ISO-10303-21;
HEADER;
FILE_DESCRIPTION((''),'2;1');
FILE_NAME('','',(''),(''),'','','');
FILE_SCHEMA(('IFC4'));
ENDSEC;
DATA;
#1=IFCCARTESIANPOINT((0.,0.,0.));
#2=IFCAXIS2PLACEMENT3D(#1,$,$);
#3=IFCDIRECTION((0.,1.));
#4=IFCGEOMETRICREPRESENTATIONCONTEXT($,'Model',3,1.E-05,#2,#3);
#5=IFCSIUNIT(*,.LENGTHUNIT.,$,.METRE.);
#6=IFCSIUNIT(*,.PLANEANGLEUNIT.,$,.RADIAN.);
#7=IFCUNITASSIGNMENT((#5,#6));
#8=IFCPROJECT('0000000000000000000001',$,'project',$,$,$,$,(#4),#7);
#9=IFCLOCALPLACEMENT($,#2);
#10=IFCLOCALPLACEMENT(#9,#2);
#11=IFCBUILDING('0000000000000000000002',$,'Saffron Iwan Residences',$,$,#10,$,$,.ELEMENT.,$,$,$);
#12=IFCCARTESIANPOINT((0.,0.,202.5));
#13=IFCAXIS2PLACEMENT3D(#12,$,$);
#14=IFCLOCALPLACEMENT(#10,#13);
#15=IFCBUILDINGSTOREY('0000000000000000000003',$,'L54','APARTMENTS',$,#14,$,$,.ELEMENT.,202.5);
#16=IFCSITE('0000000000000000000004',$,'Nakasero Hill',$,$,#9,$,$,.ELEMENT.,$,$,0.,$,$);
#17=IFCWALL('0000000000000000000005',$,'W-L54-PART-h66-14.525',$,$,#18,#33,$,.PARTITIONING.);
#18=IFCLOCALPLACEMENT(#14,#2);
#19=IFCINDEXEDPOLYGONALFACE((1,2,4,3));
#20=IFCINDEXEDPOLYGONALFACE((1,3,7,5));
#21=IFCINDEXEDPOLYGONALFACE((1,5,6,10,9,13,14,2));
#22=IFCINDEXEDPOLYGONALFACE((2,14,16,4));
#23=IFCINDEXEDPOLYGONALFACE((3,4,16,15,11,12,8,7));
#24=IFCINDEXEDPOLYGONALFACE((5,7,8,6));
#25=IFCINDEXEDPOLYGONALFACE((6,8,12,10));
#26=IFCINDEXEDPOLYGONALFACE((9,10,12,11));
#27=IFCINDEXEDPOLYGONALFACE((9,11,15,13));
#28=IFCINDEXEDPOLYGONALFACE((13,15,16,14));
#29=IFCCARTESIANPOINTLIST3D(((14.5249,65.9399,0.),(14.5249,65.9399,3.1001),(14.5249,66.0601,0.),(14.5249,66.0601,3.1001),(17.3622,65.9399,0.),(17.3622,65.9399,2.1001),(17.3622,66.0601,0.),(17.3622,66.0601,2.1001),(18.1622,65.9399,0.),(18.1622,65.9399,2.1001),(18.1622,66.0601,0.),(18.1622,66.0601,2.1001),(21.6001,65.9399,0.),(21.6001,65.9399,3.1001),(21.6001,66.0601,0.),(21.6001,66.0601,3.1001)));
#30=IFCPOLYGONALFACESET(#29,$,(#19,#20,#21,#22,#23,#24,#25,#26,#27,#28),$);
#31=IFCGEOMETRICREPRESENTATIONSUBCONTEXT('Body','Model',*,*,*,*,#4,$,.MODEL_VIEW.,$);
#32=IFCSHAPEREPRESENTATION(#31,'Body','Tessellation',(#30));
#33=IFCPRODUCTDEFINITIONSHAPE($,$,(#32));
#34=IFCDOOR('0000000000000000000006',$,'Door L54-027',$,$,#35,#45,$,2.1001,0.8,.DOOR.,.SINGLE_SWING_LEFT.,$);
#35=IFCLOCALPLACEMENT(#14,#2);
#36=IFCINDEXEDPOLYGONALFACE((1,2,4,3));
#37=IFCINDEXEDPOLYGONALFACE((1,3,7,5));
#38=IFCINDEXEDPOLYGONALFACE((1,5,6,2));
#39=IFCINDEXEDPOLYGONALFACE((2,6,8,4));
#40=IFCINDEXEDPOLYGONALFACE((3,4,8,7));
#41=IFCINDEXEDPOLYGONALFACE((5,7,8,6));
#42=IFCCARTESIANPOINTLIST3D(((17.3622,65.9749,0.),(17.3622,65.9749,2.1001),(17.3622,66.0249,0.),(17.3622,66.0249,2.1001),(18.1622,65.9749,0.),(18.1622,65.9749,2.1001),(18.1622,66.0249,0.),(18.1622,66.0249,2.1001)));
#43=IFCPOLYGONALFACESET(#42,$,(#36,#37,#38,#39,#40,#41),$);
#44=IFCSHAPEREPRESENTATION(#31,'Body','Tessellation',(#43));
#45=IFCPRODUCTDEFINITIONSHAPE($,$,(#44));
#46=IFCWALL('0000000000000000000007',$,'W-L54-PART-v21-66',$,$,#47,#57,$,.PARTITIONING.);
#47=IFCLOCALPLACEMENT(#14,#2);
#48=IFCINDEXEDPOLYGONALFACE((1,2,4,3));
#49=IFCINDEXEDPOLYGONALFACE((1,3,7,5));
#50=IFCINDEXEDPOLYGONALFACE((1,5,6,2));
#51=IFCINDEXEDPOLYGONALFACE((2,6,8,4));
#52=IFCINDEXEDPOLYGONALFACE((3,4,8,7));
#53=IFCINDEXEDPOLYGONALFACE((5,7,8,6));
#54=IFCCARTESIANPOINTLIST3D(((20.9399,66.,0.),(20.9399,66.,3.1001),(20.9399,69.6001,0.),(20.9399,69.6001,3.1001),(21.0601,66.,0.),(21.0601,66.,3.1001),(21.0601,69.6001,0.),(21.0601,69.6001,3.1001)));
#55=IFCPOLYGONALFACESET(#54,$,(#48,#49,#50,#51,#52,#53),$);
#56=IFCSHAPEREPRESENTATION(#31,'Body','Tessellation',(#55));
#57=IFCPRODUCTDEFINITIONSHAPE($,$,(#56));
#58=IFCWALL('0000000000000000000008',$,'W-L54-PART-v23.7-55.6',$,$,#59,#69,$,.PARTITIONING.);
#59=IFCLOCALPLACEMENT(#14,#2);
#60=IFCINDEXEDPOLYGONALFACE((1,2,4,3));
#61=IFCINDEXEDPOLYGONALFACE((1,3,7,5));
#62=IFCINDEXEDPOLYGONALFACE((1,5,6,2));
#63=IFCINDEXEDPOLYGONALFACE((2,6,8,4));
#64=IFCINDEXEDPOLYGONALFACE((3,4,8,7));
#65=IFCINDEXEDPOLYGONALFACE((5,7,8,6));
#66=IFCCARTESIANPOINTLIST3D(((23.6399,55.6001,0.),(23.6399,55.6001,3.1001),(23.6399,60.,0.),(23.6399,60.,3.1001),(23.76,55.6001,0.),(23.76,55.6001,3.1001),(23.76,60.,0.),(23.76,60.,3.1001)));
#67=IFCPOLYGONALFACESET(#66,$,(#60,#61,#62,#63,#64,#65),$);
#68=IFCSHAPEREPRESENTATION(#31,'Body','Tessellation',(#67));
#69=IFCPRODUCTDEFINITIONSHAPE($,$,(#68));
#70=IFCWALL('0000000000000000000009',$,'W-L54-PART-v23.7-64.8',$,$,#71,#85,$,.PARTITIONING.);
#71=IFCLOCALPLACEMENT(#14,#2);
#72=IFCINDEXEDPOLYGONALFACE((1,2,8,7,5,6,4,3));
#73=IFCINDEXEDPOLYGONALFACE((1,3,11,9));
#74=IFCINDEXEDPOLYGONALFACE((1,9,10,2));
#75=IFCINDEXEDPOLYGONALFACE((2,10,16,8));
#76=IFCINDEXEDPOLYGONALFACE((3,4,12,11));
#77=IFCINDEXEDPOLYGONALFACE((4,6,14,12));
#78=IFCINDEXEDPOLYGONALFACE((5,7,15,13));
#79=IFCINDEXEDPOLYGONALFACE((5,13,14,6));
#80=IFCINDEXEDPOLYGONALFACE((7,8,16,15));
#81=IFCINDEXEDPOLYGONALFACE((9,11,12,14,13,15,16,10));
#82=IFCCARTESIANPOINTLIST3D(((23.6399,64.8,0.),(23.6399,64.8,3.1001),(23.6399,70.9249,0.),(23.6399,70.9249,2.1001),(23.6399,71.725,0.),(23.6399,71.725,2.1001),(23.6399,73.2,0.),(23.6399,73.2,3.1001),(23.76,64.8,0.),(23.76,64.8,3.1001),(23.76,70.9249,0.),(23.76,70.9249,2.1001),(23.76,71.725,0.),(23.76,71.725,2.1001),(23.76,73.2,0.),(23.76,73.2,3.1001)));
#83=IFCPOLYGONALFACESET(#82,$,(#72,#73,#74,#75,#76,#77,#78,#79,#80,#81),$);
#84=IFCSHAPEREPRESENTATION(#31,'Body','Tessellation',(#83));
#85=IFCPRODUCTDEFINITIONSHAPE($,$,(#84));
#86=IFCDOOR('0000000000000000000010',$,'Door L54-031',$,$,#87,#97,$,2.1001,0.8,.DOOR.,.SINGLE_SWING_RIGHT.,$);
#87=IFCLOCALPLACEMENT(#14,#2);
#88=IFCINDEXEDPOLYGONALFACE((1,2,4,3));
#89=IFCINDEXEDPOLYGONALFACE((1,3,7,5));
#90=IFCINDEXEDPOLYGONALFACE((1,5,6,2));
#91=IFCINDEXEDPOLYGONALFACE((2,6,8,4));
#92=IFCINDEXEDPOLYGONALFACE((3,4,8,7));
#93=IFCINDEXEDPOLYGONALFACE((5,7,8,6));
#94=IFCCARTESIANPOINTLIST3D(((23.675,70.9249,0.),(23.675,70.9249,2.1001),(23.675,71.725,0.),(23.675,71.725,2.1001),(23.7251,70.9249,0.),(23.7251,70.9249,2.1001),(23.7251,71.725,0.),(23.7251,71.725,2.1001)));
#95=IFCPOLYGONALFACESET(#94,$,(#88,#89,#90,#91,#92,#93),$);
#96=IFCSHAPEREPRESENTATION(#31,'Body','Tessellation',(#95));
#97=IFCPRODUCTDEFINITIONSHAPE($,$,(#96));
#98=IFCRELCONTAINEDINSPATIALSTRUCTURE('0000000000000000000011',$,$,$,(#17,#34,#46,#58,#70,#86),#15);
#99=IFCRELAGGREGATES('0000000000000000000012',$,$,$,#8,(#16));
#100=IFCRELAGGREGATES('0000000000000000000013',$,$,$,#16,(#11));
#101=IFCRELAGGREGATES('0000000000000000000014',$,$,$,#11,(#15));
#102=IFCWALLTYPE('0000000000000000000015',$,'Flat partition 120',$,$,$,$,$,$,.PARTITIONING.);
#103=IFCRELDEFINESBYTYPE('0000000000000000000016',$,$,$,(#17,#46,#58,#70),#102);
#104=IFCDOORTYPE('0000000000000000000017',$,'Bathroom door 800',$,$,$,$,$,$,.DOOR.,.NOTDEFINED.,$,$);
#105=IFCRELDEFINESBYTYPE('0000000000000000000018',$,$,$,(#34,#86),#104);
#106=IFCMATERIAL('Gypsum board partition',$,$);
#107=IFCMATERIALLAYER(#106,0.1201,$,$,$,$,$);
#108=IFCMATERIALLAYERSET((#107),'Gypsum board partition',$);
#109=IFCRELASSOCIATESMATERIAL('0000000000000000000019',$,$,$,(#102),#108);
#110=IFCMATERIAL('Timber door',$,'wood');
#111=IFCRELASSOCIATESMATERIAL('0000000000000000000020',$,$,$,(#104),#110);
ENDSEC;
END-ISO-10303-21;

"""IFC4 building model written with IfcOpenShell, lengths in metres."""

from ifc_helpers import new_model, si_unit, direction, frame, frame_2d, origin, place, context, subcontext, project, spatial, rectangle, extrude, material, layer, layer_set, type_object, element, fill, save


model = new_model("IFC4")

# Units and contexts
model_context = context("Model", 3, precision=1e-05, world=origin(), true_north=direction((0.0, 1.0)))
body_context = subcontext(model_context, "Body", "Model", "MODEL_VIEW")
ifc_project = project(units=[si_unit("LENGTHUNIT", "METRE"), si_unit("PLANEANGLEUNIT", "RADIAN")], contexts=[model_context])

# Site, building, storey
site_placement = place(None, origin())
site = spatial("IfcSite", under=ifc_project, at=site_placement, Name="Nakasero Hill", CompositionType="ELEMENT", RefElevation=0.0)
building_placement = place(site_placement, origin())
building = spatial("IfcBuilding", under=site, at=building_placement, Name="Saffron Iwan Residences", CompositionType="ELEMENT")
storey_placement = place(building_placement, frame((0.0, 0.0, 202.5)))
storey = spatial("IfcBuildingStorey", under=building, at=storey_placement, Name="L54", Description="APARTMENTS", CompositionType="ELEMENT", Elevation=202.5)

# Shared definitions
ifc_material_1 = material(Name="Gypsum board partition")
ifc_layer_1 = layer(ifc_material_1, 0.1201)
ifc_layer_set_1 = layer_set([ifc_layer_1], Name="Gypsum board partition")
wall_type_1 = type_object("IfcWallType", Name="Flat partition 120", PredefinedType="PARTITIONING", material=ifc_layer_set_1)
ifc_material_2 = material(Name="Timber door", Category="wood")
door_type_1 = type_object("IfcDoorType", Name="Bathroom door 800", OperationType="NOTDEFINED", PredefinedType="DOOR", material=ifc_material_2)

# Wall, opening, door
wall_1_placement = place(storey_placement, frame((14.5249, 66.0, 0.0), z_axis=(0.0, 0.0, 1.0), x_axis=(1.0, 0.0, 0.0)))
wall_1 = element("IfcWall", 1, at=wall_1_placement, inside=storey, type_object=wall_type_1, Name="W-L54-PART-h66-14.525", PredefinedType="PARTITIONING", context=body_context, shape_type="SweptSolid", body=[
    extrude(rectangle(XDim=7.0752, YDim=0.1201, at=frame_2d((3.5376, 0.0))), origin(), (0.0, 0.0, 1.0), 3.1001),
])
opening_1_placement = place(wall_1_placement, frame((2.8374, 0.0, 0.0)))
opening_1 = element("IfcOpeningElement", 2, at=opening_1_placement, cuts=wall_1, PredefinedType="OPENING", context=body_context, shape_type="SweptSolid", body=[
    extrude(rectangle(XDim=0.8, YDim=2.1001, at=frame_2d((0.3999, 1.05))), frame((0.0, 0.0701, 0.0), z_axis=(0.0, -1.0, 0.0), x_axis=(1.0, 0.0, 0.0)), (0.0, 0.0, 1.0), 0.1401),
])
door_1_placement = place(opening_1_placement, origin())
door_1 = element("IfcDoor", 3, at=door_1_placement, inside=storey, type_object=door_type_1, Name="Door L54-027", OperationType="SINGLE_SWING_LEFT", OverallHeight=2.1001, OverallWidth=0.8, PredefinedType="DOOR", context=body_context, shape_type="SweptSolid", body=[
    extrude(rectangle(XDim=0.8, YDim=2.1001, at=frame_2d((0.3999, 1.05))), frame((0.0, 0.0249, 0.0), z_axis=(0.0, -1.0, 0.0), x_axis=(1.0, 0.0, 0.0)), (0.0, 0.0, 1.0), 0.05),
])
fill(opening_1, door_1)

# Walls
wall_2_placement = place(storey_placement, frame((21.0, 66.0, 0.0), z_axis=(0.0, 0.0, 1.0), x_axis=(0.0, 1.0, 0.0)))
element("IfcWall", 4, at=wall_2_placement, inside=storey, type_object=wall_type_1, Name="W-L54-PART-v21-66", PredefinedType="PARTITIONING", context=body_context, shape_type="SweptSolid", body=[
    extrude(rectangle(XDim=3.6001, YDim=0.1201, at=frame_2d((1.8, 0.0))), origin(), (0.0, 0.0, 1.0), 3.1001),
])
wall_3_placement = place(storey_placement, frame((23.7, 55.6001, 0.0), z_axis=(0.0, 0.0, 1.0), x_axis=(0.0, 1.0, 0.0)))
element("IfcWall", 5, at=wall_3_placement, inside=storey, type_object=wall_type_1, Name="W-L54-PART-v23.7-55.6", PredefinedType="PARTITIONING", context=body_context, shape_type="SweptSolid", body=[
    extrude(rectangle(XDim=4.3999, YDim=0.1201, at=frame_2d((2.2, 0.0))), origin(), (0.0, 0.0, 1.0), 3.1001),
])

# Wall, opening, door
wall_4_placement = place(storey_placement, frame((23.7, 64.8, 0.0), z_axis=(0.0, 0.0, 1.0), x_axis=(0.0, 1.0, 0.0)))
wall_4 = element("IfcWall", 6, at=wall_4_placement, inside=storey, type_object=wall_type_1, Name="W-L54-PART-v23.7-64.8", PredefinedType="PARTITIONING", context=body_context, shape_type="SweptSolid", body=[
    extrude(rectangle(XDim=8.3999, YDim=0.1201, at=frame_2d((4.2, 0.0))), origin(), (0.0, 0.0, 1.0), 3.1001),
])
opening_2_placement = place(wall_4_placement, frame((6.125, 0.0, 0.0)))
opening_2 = element("IfcOpeningElement", 7, at=opening_2_placement, cuts=wall_4, PredefinedType="OPENING", context=body_context, shape_type="SweptSolid", body=[
    extrude(rectangle(XDim=0.8, YDim=2.1001, at=frame_2d((0.3999, 1.05))), frame((0.0, 0.0701, 0.0), z_axis=(0.0, -1.0, 0.0), x_axis=(1.0, 0.0, 0.0)), (0.0, 0.0, 1.0), 0.1401),
])
door_2_placement = place(opening_2_placement, origin())
door_2 = element("IfcDoor", 8, at=door_2_placement, inside=storey, type_object=door_type_1, Name="Door L54-031", OperationType="SINGLE_SWING_RIGHT", OverallHeight=2.1001, OverallWidth=0.8, PredefinedType="DOOR", context=body_context, shape_type="SweptSolid", body=[
    extrude(rectangle(XDim=0.8, YDim=2.1001, at=frame_2d((0.3999, 1.05))), frame((0.0, 0.0249, 0.0), z_axis=(0.0, -1.0, 0.0), x_axis=(1.0, 0.0, 0.0)), (0.0, 0.0, 1.0), 0.05),
])
fill(opening_2, door_2)

save(model, "model.ifc")
